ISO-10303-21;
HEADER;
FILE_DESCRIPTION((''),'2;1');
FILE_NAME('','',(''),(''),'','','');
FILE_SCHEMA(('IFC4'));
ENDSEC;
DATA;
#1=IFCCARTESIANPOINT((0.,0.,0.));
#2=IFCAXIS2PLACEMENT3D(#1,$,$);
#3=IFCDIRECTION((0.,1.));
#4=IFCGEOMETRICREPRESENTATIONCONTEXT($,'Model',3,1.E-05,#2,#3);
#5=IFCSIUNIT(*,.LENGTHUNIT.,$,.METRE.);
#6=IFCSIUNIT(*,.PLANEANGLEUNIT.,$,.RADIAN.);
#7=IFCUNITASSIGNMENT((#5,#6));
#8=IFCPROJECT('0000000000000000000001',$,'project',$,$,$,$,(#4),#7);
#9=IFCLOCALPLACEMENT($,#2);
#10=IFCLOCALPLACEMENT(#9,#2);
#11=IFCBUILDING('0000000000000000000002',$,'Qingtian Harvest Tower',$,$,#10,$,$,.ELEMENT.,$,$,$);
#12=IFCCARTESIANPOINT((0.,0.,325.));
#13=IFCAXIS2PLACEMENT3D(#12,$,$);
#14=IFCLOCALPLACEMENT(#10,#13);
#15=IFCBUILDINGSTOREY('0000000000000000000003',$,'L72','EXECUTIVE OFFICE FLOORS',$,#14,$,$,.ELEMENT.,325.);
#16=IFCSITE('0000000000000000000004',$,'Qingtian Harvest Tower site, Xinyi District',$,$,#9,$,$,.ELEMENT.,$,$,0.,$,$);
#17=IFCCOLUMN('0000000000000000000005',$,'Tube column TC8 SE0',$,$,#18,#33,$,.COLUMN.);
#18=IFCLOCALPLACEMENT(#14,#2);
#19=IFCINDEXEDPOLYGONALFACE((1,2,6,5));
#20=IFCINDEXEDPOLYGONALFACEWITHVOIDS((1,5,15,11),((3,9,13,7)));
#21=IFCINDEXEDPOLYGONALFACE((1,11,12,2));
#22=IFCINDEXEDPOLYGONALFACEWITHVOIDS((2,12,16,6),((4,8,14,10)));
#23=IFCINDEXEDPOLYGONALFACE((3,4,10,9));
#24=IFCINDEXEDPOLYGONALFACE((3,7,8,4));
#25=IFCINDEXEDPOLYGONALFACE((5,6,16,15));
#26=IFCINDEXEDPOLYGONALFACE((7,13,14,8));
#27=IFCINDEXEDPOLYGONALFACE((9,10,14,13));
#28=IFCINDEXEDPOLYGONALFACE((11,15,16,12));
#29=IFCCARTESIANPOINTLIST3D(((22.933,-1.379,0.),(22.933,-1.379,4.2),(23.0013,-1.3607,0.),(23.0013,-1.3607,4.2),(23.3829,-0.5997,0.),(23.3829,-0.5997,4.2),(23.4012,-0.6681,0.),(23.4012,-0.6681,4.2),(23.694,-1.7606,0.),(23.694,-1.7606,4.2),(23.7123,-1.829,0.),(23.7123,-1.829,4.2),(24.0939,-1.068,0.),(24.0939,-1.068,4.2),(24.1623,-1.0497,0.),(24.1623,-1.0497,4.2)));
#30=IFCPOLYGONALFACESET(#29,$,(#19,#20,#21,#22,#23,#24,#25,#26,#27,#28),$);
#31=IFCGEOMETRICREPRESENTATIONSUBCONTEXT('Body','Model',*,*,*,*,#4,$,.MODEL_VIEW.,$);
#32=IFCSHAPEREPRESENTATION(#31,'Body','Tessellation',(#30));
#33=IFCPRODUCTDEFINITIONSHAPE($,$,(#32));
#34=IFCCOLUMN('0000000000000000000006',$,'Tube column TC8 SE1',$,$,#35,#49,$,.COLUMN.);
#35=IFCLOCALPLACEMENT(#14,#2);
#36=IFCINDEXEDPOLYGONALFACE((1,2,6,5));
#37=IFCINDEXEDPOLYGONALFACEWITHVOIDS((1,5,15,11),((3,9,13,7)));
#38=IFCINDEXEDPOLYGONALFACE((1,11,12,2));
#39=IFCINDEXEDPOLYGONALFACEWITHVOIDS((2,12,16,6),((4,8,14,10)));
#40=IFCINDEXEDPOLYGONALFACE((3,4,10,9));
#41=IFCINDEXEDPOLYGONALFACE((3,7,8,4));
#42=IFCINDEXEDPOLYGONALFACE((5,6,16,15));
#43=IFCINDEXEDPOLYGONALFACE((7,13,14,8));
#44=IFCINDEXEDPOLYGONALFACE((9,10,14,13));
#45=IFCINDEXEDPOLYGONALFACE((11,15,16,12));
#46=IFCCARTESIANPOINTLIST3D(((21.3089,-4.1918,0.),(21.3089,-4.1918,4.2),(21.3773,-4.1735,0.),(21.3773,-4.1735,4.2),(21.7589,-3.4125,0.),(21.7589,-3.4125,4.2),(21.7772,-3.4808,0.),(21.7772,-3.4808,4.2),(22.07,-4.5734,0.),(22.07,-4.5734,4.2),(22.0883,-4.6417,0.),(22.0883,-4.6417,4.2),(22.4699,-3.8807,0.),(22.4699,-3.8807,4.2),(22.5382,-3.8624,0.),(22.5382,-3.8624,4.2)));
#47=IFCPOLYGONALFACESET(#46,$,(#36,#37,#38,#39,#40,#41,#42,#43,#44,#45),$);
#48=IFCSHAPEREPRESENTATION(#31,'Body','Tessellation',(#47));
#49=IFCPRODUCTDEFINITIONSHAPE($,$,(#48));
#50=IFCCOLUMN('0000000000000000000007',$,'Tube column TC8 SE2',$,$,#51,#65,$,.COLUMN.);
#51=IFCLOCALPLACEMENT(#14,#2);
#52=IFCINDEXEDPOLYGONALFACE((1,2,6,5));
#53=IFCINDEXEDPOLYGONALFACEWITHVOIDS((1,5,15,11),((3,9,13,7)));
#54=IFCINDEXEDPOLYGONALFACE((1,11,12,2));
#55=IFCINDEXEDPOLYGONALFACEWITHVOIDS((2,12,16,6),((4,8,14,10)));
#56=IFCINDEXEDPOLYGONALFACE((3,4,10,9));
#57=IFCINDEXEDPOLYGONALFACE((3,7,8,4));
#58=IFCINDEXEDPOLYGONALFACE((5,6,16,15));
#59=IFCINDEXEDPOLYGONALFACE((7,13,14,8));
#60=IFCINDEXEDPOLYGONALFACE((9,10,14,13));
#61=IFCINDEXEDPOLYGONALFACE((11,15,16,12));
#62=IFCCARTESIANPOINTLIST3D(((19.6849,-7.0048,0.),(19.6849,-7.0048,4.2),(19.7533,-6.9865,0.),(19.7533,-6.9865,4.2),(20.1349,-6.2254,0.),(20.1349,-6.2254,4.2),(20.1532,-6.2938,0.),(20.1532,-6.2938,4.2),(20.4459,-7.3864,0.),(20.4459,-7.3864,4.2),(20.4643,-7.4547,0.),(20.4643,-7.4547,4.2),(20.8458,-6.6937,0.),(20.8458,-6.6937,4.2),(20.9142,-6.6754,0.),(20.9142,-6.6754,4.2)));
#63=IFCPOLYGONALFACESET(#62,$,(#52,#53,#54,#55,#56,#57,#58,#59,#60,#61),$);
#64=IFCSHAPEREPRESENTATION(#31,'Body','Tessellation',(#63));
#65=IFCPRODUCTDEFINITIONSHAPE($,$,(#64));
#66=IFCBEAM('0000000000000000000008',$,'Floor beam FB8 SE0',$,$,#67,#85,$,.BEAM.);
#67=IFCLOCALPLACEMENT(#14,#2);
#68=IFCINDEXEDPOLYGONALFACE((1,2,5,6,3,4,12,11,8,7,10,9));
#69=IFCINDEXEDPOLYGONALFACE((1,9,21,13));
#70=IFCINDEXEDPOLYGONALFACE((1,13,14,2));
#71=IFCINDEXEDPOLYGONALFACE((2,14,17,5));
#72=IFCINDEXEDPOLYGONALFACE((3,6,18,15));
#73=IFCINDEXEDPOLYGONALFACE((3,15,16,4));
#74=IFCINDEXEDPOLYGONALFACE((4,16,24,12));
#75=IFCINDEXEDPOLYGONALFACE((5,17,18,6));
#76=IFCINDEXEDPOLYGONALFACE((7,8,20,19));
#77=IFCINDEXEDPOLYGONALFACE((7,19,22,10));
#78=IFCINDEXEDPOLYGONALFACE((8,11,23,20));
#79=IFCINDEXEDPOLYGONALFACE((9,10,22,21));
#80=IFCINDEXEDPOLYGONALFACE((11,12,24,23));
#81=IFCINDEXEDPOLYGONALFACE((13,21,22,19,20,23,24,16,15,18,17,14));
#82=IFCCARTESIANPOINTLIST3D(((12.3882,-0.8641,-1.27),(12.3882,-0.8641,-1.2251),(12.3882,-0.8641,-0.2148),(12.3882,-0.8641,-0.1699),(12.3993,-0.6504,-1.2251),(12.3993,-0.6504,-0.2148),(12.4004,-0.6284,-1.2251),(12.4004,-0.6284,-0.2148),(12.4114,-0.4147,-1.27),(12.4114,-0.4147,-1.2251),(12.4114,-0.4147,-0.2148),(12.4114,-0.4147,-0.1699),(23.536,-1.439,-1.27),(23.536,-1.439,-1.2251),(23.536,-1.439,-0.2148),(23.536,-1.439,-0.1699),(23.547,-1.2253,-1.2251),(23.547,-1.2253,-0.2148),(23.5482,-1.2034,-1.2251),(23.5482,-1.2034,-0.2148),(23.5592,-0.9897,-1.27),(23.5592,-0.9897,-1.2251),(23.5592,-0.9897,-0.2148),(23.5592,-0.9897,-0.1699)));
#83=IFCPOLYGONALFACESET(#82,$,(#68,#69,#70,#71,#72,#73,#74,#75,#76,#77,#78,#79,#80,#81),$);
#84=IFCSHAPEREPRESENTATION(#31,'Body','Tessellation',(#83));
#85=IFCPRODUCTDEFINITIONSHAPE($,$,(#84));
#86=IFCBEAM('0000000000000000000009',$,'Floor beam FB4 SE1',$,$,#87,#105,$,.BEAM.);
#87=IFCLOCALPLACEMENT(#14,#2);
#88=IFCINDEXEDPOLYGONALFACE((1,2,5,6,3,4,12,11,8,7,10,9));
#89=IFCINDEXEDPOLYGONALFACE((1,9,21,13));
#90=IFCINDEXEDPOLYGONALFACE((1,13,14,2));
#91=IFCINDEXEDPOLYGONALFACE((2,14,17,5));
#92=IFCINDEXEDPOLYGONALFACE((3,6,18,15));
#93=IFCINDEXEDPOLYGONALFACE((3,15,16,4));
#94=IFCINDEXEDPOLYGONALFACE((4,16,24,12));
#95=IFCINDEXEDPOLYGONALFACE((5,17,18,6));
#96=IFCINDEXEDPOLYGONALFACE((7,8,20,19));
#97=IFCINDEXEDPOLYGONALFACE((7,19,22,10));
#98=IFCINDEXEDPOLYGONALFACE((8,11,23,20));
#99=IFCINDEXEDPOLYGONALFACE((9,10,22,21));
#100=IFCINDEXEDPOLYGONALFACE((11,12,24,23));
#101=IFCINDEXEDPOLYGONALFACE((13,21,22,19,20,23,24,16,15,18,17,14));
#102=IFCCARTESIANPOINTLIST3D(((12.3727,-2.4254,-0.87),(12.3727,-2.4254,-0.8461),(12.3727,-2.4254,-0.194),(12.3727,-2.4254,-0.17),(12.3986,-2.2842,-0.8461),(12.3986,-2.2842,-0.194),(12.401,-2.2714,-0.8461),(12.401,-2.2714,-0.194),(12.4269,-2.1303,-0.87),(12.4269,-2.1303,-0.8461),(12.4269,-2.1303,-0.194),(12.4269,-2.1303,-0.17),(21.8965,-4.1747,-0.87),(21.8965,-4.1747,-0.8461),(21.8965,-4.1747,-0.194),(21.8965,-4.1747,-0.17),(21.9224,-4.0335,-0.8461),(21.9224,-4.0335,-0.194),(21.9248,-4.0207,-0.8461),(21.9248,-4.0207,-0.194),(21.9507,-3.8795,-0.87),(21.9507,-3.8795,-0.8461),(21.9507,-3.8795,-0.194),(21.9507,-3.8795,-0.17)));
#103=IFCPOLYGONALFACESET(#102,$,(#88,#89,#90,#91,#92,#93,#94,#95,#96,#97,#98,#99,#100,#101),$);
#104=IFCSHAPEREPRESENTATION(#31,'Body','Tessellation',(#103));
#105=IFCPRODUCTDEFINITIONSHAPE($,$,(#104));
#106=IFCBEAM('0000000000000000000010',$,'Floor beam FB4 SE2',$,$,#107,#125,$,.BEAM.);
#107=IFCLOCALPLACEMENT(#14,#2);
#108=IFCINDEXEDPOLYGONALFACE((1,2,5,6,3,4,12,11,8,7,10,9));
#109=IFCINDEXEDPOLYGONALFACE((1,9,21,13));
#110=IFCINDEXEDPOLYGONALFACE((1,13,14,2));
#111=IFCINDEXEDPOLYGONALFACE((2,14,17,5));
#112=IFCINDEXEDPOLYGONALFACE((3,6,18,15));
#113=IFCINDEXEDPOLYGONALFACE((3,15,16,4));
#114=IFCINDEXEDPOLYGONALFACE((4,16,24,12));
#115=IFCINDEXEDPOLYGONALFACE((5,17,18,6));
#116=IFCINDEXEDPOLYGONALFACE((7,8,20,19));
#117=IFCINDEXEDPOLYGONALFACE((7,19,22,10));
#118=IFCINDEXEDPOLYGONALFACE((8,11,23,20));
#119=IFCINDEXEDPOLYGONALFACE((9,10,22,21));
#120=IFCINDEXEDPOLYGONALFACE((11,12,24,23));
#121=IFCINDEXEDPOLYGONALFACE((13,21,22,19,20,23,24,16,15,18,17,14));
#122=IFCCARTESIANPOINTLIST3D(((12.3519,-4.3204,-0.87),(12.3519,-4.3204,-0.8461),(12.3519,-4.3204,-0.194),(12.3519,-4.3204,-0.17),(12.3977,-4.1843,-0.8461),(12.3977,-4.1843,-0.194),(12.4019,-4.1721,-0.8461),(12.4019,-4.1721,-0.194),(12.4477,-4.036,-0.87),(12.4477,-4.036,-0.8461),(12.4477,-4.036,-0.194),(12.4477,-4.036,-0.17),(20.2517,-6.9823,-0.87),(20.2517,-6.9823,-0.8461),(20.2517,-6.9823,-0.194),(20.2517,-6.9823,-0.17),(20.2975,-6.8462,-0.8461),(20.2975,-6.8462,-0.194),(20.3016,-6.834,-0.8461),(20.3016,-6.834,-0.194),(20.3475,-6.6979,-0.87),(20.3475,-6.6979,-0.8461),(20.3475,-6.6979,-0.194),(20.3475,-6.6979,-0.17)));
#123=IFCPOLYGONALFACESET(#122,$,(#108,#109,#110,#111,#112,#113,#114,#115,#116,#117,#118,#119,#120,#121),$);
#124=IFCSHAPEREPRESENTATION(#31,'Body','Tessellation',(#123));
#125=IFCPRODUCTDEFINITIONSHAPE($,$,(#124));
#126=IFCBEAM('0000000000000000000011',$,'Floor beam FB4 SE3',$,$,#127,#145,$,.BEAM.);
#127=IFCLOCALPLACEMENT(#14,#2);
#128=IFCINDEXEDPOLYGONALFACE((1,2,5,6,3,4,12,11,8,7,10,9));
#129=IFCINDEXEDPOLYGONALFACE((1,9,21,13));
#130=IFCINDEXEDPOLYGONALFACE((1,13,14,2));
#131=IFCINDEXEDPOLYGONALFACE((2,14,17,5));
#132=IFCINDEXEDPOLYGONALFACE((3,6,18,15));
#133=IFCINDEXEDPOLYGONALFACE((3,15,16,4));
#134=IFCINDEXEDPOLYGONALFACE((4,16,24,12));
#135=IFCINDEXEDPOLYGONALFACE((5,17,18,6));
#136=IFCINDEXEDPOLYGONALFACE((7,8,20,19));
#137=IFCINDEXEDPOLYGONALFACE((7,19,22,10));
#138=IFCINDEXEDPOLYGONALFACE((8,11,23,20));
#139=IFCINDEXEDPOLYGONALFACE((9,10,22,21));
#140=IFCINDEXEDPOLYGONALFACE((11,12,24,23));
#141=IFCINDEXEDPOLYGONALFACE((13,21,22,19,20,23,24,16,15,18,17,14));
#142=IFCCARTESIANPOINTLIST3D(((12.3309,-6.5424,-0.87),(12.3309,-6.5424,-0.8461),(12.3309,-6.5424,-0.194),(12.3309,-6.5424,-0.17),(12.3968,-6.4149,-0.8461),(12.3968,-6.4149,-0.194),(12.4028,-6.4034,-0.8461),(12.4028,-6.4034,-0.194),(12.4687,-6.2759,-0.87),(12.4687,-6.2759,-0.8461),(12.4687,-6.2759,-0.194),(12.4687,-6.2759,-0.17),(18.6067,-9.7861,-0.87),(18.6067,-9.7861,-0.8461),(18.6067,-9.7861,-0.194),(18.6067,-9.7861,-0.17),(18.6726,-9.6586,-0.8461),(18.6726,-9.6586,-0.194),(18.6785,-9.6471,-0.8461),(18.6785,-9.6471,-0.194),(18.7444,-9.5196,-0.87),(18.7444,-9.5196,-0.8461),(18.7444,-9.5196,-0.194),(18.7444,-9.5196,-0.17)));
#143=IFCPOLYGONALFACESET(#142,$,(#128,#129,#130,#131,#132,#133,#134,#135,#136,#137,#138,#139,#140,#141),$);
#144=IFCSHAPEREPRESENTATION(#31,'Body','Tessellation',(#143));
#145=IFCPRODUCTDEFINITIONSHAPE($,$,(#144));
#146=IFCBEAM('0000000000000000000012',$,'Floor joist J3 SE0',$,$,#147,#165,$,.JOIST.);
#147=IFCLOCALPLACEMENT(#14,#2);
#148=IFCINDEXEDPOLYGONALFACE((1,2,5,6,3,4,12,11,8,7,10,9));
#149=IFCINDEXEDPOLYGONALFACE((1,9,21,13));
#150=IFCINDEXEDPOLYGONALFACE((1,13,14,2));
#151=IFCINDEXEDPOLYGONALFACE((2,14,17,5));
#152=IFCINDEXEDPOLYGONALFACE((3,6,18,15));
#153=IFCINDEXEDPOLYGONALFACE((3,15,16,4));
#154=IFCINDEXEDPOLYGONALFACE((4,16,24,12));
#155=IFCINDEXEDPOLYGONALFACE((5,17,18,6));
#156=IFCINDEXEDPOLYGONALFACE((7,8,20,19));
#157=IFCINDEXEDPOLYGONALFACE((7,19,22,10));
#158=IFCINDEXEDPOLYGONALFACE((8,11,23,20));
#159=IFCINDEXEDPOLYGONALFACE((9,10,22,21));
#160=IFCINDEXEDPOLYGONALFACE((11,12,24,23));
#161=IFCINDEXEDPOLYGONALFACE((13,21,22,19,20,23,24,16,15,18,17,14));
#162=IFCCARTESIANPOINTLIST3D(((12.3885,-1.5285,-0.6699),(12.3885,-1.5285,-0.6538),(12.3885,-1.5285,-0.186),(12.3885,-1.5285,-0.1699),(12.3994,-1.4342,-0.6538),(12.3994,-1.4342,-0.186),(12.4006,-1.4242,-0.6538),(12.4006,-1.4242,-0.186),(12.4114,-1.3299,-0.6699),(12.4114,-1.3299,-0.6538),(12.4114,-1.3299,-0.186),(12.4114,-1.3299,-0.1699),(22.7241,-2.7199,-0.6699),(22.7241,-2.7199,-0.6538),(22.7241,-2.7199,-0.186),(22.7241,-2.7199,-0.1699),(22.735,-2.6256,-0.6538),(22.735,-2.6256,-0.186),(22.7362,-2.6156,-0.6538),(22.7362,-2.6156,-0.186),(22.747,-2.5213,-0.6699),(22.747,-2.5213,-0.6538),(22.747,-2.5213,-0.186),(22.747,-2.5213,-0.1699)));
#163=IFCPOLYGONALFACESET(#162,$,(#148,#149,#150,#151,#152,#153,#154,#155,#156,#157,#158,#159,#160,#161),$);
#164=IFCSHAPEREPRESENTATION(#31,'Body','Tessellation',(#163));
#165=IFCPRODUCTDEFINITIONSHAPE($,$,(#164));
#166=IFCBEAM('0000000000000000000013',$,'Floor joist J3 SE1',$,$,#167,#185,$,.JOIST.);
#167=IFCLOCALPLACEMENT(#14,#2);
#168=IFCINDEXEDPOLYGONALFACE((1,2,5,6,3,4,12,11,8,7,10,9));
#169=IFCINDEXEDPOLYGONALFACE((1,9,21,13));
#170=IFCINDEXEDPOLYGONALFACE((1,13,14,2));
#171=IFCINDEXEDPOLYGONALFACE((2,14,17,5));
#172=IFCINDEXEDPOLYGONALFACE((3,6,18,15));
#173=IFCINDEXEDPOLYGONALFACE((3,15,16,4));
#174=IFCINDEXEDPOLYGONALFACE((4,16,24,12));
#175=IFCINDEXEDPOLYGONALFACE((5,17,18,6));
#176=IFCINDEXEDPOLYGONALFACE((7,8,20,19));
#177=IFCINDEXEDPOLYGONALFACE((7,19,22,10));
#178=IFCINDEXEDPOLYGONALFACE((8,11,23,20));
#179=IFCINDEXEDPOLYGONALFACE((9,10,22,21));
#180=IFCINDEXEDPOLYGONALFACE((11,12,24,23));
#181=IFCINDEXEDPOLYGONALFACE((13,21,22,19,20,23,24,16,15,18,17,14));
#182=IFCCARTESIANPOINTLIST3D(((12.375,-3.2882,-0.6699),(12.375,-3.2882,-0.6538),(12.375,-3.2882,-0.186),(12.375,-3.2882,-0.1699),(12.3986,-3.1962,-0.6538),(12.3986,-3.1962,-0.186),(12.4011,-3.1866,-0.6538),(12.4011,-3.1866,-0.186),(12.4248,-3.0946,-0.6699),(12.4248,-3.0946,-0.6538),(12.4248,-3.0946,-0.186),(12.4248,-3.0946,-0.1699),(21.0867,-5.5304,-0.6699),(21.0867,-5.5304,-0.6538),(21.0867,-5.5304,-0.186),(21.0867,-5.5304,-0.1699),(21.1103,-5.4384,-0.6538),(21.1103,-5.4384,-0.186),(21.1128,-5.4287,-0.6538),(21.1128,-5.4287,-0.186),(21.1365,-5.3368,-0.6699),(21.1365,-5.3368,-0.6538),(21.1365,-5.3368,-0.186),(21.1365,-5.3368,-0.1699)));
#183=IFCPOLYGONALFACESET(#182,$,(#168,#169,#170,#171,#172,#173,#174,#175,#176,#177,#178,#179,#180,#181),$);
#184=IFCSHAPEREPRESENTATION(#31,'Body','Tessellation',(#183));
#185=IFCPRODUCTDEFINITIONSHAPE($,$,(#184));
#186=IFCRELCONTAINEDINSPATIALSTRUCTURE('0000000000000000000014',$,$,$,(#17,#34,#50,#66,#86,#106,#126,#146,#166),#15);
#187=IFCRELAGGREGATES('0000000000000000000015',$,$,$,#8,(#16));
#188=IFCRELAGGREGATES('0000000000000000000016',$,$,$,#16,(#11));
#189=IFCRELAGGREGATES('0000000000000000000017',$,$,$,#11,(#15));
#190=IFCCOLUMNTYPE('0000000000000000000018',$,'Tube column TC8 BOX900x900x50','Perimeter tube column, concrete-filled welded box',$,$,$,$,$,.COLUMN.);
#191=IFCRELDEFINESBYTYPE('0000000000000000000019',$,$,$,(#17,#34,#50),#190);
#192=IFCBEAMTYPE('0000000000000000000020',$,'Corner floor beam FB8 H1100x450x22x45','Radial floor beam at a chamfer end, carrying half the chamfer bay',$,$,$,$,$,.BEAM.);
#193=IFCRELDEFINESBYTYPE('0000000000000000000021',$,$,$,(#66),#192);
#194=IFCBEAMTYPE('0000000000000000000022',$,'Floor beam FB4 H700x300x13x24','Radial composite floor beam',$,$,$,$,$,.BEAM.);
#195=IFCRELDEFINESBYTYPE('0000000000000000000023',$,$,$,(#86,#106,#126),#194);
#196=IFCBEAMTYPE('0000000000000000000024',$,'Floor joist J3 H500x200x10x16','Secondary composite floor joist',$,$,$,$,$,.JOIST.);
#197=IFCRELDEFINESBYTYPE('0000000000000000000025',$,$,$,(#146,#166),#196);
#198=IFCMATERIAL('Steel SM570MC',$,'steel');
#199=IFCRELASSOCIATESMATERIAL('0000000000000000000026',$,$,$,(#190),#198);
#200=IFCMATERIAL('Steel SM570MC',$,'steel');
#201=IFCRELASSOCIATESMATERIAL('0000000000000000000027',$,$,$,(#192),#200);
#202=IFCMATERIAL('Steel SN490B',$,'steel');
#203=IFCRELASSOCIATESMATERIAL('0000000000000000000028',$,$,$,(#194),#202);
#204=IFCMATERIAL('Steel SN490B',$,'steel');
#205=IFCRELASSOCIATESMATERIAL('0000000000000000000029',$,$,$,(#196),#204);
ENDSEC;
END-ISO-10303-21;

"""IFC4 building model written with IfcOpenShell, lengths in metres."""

from ifc_helpers import new_model, si_unit, direction, frame, origin, origin_2d, place, context, subcontext, project, spatial, hollow_rectangle, i_section, extrude, material, material_profile, profile_set, type_object, element, save


model = new_model("IFC4")

# Units and contexts
model_context = context("Model", 3, precision=1e-05, world=origin(), true_north=direction((0.0, 1.0)))
body_context = subcontext(model_context, "Body", "Model", "MODEL_VIEW")
ifc_project = project(units=[si_unit("LENGTHUNIT", "METRE"), si_unit("PLANEANGLEUNIT", "RADIAN")], contexts=[model_context])

# Site, building, storey
site_placement = place(None, origin())
site = spatial("IfcSite", under=ifc_project, at=site_placement, Name="Qingtian Harvest Tower site, Xinyi District", CompositionType="ELEMENT", RefElevation=0.0)
building_placement = place(site_placement, origin())
building = spatial("IfcBuilding", under=site, at=building_placement, Name="Qingtian Harvest Tower", CompositionType="ELEMENT")
storey_placement = place(building_placement, frame((0.0, 0.0, 325.0)))
storey = spatial("IfcBuildingStorey", under=building, at=storey_placement, Name="L72", Description="EXECUTIVE OFFICE FLOORS", CompositionType="ELEMENT", Elevation=325.0)

# Columns
ifc_material_1 = material(Name="Steel SM570MC", Category="steel")
ifc_material_profile_1 = material_profile(ifc_material_1, hollow_rectangle(XDim=0.8999, YDim=0.8999, WallThickness=0.05, at=origin_2d()), Name="BOX900x900x50")
ifc_profile_set_1 = profile_set([ifc_material_profile_1], Name="Steel SM570MC")
column_type = type_object("IfcColumnType", Name="Tube column TC8 BOX900x900x50", Description="Perimeter tube column, concrete-filled welded box", PredefinedType="COLUMN", material=ifc_profile_set_1)
for number, where, z_axis, x_axis, name in (
    (1, (23.5476, -1.2144, 0.0), (0.0, 0.0, 1.0), (0.5, 0.866025, 0.0), "Tube column TC8 SE0"),
    (2, (21.9236, -4.0271, 0.0), (0.0, 0.0, 1.0), (0.5, 0.866025, 0.0), "Tube column TC8 SE1"),
    (3, (20.2996, -6.8401, 0.0), (0.0, 0.0, 1.0), (0.5, 0.866025, 0.0), "Tube column TC8 SE2"),
):
    element("IfcColumn", number, at=place(storey_placement, frame(where, z_axis=z_axis, x_axis=x_axis)), inside=storey, type_object=column_type, Name=name, PredefinedType="COLUMN", context=body_context, shape_type="SweptSolid", body=[
        extrude(hollow_rectangle(XDim=0.8999, YDim=0.8999, WallThickness=0.05, at=origin_2d()), origin(), (0.0, 0.0, 1.0), 4.2),
    ])

# Beams
ifc_material_2 = material(Name="Steel SM570MC", Category="steel")
ifc_material_profile_2 = material_profile(ifc_material_2, i_section(OverallWidth=0.45, OverallDepth=1.1001, WebThickness=0.022, FlangeThickness=0.0449, at=origin_2d()), Name="H1100x450x22x45")
ifc_profile_set_2 = profile_set([ifc_material_profile_2], Name="Steel SM570MC")
beam_type_1 = type_object("IfcBeamType", Name="Corner floor beam FB8 H1100x450x22x45", Description="Radial floor beam at a chamfer end, carrying half the chamfer bay", PredefinedType="BEAM", material=ifc_profile_set_2)
beam_1_placement = place(storey_placement, frame((23.5476, -1.2144, -0.72), z_axis=(-0.998673, 0.051507, 0.0), x_axis=(-0.051507, -0.998673, 0.0)))
element("IfcBeam", 4, at=beam_1_placement, inside=storey, type_object=beam_type_1, Name="Floor beam FB8 SE0", PredefinedType="BEAM", context=body_context, shape_type="SweptSolid", body=[
    extrude(i_section(OverallWidth=0.45, OverallDepth=1.1001, WebThickness=0.022, FlangeThickness=0.0449, at=origin_2d()), origin(), (0.0, 0.0, 1.0), 11.1626),
])
ifc_material_3 = material(Name="Steel SN490B", Category="steel")
ifc_material_profile_3 = material_profile(ifc_material_3, i_section(OverallWidth=0.3, OverallDepth=0.7, WebThickness=0.0129, FlangeThickness=0.0239, at=origin_2d()), Name="H700x300x13x24")
ifc_profile_set_3 = profile_set([ifc_material_profile_3], Name="Steel SN490B")
beam_type_2 = type_object("IfcBeamType", Name="Floor beam FB4 H700x300x13x24", Description="Radial composite floor beam", PredefinedType="BEAM", material=ifc_profile_set_3)
beam_2_placement = place(storey_placement, frame((21.9236, -4.0271, -0.52), z_axis=(-0.983547, 0.180654, 0.0), x_axis=(-0.180654, -0.983547, 0.0)))
element("IfcBeam", 5, at=beam_2_placement, inside=storey, type_object=beam_type_2, Name="Floor beam FB4 SE1", PredefinedType="BEAM", context=body_context, shape_type="SweptSolid", body=[
    extrude(i_section(OverallWidth=0.3, OverallDepth=0.7, WebThickness=0.0129, FlangeThickness=0.0239, at=origin_2d()), origin(), (0.0, 0.0, 1.0), 9.6831),
])
beam_3_placement = place(storey_placement, frame((20.2996, -6.8401, -0.52), z_axis=(-0.947647, 0.319319, 0.0), x_axis=(-0.319319, -0.947647, 0.0)))
element("IfcBeam", 6, at=beam_3_placement, inside=storey, type_object=beam_type_2, Name="Floor beam FB4 SE2", PredefinedType="BEAM", context=body_context, shape_type="SweptSolid", body=[
    extrude(i_section(OverallWidth=0.3, OverallDepth=0.7, WebThickness=0.0129, FlangeThickness=0.0239, at=origin_2d()), origin(), (0.0, 0.0, 1.0), 8.3362),
])
beam_4_placement = place(storey_placement, frame((18.6755, -9.6528, -0.52), z_axis=(-0.888354, 0.459159, 0.0), x_axis=(-0.459159, -0.888354, 0.0)))
element("IfcBeam", 7, at=beam_4_placement, inside=storey, type_object=beam_type_2, Name="Floor beam FB4 SE3", PredefinedType="BEAM", context=body_context, shape_type="SweptSolid", body=[
    extrude(i_section(OverallWidth=0.3, OverallDepth=0.7, WebThickness=0.0129, FlangeThickness=0.0239, at=origin_2d()), origin(), (0.0, 0.0, 1.0), 7.0645),
])
ifc_material_4 = material(Name="Steel SN490B", Category="steel")
ifc_material_profile_4 = material_profile(ifc_material_4, i_section(OverallWidth=0.2, OverallDepth=0.5, WebThickness=0.01, FlangeThickness=0.0161, at=origin_2d()), Name="H500x200x10x16")
ifc_profile_set_4 = profile_set([ifc_material_profile_4], Name="Steel SN490B")
beam_type_3 = type_object("IfcBeamType", Name="Floor joist J3 H500x200x10x16", Description="Secondary composite floor joist", PredefinedType="JOIST", material=ifc_profile_set_4)
beam_5_placement = place(storey_placement, frame((22.7356, -2.6206, -0.4199), z_axis=(-0.993422, 0.114513, 0.0), x_axis=(-0.114513, -0.993422, 0.0)))
element("IfcBeam", 8, at=beam_5_placement, inside=storey, type_object=beam_type_3, Name="Floor joist J3 SE0", PredefinedType="JOIST", context=body_context, shape_type="SweptSolid", body=[
    extrude(i_section(OverallWidth=0.2, OverallDepth=0.5, WebThickness=0.01, FlangeThickness=0.0161, at=origin_2d()), origin(), (0.0, 0.0, 1.0), 10.4041),
])
beam_6_placement = place(storey_placement, frame((21.1116, -5.4336, -0.4199), z_axis=(-0.968438, 0.249254, 0.0), x_axis=(-0.249254, -0.968438, 0.0)))
element("IfcBeam", 9, at=beam_6_placement, inside=storey, type_object=beam_type_3, Name="Floor joist J3 SE1", PredefinedType="JOIST", context=body_context, shape_type="SweptSolid", body=[
    extrude(i_section(OverallWidth=0.2, OverallDepth=0.5, WebThickness=0.01, FlangeThickness=0.0161, at=origin_2d()), origin(), (0.0, 0.0, 1.0), 8.9956),
])

save(model, "model.ifc")
